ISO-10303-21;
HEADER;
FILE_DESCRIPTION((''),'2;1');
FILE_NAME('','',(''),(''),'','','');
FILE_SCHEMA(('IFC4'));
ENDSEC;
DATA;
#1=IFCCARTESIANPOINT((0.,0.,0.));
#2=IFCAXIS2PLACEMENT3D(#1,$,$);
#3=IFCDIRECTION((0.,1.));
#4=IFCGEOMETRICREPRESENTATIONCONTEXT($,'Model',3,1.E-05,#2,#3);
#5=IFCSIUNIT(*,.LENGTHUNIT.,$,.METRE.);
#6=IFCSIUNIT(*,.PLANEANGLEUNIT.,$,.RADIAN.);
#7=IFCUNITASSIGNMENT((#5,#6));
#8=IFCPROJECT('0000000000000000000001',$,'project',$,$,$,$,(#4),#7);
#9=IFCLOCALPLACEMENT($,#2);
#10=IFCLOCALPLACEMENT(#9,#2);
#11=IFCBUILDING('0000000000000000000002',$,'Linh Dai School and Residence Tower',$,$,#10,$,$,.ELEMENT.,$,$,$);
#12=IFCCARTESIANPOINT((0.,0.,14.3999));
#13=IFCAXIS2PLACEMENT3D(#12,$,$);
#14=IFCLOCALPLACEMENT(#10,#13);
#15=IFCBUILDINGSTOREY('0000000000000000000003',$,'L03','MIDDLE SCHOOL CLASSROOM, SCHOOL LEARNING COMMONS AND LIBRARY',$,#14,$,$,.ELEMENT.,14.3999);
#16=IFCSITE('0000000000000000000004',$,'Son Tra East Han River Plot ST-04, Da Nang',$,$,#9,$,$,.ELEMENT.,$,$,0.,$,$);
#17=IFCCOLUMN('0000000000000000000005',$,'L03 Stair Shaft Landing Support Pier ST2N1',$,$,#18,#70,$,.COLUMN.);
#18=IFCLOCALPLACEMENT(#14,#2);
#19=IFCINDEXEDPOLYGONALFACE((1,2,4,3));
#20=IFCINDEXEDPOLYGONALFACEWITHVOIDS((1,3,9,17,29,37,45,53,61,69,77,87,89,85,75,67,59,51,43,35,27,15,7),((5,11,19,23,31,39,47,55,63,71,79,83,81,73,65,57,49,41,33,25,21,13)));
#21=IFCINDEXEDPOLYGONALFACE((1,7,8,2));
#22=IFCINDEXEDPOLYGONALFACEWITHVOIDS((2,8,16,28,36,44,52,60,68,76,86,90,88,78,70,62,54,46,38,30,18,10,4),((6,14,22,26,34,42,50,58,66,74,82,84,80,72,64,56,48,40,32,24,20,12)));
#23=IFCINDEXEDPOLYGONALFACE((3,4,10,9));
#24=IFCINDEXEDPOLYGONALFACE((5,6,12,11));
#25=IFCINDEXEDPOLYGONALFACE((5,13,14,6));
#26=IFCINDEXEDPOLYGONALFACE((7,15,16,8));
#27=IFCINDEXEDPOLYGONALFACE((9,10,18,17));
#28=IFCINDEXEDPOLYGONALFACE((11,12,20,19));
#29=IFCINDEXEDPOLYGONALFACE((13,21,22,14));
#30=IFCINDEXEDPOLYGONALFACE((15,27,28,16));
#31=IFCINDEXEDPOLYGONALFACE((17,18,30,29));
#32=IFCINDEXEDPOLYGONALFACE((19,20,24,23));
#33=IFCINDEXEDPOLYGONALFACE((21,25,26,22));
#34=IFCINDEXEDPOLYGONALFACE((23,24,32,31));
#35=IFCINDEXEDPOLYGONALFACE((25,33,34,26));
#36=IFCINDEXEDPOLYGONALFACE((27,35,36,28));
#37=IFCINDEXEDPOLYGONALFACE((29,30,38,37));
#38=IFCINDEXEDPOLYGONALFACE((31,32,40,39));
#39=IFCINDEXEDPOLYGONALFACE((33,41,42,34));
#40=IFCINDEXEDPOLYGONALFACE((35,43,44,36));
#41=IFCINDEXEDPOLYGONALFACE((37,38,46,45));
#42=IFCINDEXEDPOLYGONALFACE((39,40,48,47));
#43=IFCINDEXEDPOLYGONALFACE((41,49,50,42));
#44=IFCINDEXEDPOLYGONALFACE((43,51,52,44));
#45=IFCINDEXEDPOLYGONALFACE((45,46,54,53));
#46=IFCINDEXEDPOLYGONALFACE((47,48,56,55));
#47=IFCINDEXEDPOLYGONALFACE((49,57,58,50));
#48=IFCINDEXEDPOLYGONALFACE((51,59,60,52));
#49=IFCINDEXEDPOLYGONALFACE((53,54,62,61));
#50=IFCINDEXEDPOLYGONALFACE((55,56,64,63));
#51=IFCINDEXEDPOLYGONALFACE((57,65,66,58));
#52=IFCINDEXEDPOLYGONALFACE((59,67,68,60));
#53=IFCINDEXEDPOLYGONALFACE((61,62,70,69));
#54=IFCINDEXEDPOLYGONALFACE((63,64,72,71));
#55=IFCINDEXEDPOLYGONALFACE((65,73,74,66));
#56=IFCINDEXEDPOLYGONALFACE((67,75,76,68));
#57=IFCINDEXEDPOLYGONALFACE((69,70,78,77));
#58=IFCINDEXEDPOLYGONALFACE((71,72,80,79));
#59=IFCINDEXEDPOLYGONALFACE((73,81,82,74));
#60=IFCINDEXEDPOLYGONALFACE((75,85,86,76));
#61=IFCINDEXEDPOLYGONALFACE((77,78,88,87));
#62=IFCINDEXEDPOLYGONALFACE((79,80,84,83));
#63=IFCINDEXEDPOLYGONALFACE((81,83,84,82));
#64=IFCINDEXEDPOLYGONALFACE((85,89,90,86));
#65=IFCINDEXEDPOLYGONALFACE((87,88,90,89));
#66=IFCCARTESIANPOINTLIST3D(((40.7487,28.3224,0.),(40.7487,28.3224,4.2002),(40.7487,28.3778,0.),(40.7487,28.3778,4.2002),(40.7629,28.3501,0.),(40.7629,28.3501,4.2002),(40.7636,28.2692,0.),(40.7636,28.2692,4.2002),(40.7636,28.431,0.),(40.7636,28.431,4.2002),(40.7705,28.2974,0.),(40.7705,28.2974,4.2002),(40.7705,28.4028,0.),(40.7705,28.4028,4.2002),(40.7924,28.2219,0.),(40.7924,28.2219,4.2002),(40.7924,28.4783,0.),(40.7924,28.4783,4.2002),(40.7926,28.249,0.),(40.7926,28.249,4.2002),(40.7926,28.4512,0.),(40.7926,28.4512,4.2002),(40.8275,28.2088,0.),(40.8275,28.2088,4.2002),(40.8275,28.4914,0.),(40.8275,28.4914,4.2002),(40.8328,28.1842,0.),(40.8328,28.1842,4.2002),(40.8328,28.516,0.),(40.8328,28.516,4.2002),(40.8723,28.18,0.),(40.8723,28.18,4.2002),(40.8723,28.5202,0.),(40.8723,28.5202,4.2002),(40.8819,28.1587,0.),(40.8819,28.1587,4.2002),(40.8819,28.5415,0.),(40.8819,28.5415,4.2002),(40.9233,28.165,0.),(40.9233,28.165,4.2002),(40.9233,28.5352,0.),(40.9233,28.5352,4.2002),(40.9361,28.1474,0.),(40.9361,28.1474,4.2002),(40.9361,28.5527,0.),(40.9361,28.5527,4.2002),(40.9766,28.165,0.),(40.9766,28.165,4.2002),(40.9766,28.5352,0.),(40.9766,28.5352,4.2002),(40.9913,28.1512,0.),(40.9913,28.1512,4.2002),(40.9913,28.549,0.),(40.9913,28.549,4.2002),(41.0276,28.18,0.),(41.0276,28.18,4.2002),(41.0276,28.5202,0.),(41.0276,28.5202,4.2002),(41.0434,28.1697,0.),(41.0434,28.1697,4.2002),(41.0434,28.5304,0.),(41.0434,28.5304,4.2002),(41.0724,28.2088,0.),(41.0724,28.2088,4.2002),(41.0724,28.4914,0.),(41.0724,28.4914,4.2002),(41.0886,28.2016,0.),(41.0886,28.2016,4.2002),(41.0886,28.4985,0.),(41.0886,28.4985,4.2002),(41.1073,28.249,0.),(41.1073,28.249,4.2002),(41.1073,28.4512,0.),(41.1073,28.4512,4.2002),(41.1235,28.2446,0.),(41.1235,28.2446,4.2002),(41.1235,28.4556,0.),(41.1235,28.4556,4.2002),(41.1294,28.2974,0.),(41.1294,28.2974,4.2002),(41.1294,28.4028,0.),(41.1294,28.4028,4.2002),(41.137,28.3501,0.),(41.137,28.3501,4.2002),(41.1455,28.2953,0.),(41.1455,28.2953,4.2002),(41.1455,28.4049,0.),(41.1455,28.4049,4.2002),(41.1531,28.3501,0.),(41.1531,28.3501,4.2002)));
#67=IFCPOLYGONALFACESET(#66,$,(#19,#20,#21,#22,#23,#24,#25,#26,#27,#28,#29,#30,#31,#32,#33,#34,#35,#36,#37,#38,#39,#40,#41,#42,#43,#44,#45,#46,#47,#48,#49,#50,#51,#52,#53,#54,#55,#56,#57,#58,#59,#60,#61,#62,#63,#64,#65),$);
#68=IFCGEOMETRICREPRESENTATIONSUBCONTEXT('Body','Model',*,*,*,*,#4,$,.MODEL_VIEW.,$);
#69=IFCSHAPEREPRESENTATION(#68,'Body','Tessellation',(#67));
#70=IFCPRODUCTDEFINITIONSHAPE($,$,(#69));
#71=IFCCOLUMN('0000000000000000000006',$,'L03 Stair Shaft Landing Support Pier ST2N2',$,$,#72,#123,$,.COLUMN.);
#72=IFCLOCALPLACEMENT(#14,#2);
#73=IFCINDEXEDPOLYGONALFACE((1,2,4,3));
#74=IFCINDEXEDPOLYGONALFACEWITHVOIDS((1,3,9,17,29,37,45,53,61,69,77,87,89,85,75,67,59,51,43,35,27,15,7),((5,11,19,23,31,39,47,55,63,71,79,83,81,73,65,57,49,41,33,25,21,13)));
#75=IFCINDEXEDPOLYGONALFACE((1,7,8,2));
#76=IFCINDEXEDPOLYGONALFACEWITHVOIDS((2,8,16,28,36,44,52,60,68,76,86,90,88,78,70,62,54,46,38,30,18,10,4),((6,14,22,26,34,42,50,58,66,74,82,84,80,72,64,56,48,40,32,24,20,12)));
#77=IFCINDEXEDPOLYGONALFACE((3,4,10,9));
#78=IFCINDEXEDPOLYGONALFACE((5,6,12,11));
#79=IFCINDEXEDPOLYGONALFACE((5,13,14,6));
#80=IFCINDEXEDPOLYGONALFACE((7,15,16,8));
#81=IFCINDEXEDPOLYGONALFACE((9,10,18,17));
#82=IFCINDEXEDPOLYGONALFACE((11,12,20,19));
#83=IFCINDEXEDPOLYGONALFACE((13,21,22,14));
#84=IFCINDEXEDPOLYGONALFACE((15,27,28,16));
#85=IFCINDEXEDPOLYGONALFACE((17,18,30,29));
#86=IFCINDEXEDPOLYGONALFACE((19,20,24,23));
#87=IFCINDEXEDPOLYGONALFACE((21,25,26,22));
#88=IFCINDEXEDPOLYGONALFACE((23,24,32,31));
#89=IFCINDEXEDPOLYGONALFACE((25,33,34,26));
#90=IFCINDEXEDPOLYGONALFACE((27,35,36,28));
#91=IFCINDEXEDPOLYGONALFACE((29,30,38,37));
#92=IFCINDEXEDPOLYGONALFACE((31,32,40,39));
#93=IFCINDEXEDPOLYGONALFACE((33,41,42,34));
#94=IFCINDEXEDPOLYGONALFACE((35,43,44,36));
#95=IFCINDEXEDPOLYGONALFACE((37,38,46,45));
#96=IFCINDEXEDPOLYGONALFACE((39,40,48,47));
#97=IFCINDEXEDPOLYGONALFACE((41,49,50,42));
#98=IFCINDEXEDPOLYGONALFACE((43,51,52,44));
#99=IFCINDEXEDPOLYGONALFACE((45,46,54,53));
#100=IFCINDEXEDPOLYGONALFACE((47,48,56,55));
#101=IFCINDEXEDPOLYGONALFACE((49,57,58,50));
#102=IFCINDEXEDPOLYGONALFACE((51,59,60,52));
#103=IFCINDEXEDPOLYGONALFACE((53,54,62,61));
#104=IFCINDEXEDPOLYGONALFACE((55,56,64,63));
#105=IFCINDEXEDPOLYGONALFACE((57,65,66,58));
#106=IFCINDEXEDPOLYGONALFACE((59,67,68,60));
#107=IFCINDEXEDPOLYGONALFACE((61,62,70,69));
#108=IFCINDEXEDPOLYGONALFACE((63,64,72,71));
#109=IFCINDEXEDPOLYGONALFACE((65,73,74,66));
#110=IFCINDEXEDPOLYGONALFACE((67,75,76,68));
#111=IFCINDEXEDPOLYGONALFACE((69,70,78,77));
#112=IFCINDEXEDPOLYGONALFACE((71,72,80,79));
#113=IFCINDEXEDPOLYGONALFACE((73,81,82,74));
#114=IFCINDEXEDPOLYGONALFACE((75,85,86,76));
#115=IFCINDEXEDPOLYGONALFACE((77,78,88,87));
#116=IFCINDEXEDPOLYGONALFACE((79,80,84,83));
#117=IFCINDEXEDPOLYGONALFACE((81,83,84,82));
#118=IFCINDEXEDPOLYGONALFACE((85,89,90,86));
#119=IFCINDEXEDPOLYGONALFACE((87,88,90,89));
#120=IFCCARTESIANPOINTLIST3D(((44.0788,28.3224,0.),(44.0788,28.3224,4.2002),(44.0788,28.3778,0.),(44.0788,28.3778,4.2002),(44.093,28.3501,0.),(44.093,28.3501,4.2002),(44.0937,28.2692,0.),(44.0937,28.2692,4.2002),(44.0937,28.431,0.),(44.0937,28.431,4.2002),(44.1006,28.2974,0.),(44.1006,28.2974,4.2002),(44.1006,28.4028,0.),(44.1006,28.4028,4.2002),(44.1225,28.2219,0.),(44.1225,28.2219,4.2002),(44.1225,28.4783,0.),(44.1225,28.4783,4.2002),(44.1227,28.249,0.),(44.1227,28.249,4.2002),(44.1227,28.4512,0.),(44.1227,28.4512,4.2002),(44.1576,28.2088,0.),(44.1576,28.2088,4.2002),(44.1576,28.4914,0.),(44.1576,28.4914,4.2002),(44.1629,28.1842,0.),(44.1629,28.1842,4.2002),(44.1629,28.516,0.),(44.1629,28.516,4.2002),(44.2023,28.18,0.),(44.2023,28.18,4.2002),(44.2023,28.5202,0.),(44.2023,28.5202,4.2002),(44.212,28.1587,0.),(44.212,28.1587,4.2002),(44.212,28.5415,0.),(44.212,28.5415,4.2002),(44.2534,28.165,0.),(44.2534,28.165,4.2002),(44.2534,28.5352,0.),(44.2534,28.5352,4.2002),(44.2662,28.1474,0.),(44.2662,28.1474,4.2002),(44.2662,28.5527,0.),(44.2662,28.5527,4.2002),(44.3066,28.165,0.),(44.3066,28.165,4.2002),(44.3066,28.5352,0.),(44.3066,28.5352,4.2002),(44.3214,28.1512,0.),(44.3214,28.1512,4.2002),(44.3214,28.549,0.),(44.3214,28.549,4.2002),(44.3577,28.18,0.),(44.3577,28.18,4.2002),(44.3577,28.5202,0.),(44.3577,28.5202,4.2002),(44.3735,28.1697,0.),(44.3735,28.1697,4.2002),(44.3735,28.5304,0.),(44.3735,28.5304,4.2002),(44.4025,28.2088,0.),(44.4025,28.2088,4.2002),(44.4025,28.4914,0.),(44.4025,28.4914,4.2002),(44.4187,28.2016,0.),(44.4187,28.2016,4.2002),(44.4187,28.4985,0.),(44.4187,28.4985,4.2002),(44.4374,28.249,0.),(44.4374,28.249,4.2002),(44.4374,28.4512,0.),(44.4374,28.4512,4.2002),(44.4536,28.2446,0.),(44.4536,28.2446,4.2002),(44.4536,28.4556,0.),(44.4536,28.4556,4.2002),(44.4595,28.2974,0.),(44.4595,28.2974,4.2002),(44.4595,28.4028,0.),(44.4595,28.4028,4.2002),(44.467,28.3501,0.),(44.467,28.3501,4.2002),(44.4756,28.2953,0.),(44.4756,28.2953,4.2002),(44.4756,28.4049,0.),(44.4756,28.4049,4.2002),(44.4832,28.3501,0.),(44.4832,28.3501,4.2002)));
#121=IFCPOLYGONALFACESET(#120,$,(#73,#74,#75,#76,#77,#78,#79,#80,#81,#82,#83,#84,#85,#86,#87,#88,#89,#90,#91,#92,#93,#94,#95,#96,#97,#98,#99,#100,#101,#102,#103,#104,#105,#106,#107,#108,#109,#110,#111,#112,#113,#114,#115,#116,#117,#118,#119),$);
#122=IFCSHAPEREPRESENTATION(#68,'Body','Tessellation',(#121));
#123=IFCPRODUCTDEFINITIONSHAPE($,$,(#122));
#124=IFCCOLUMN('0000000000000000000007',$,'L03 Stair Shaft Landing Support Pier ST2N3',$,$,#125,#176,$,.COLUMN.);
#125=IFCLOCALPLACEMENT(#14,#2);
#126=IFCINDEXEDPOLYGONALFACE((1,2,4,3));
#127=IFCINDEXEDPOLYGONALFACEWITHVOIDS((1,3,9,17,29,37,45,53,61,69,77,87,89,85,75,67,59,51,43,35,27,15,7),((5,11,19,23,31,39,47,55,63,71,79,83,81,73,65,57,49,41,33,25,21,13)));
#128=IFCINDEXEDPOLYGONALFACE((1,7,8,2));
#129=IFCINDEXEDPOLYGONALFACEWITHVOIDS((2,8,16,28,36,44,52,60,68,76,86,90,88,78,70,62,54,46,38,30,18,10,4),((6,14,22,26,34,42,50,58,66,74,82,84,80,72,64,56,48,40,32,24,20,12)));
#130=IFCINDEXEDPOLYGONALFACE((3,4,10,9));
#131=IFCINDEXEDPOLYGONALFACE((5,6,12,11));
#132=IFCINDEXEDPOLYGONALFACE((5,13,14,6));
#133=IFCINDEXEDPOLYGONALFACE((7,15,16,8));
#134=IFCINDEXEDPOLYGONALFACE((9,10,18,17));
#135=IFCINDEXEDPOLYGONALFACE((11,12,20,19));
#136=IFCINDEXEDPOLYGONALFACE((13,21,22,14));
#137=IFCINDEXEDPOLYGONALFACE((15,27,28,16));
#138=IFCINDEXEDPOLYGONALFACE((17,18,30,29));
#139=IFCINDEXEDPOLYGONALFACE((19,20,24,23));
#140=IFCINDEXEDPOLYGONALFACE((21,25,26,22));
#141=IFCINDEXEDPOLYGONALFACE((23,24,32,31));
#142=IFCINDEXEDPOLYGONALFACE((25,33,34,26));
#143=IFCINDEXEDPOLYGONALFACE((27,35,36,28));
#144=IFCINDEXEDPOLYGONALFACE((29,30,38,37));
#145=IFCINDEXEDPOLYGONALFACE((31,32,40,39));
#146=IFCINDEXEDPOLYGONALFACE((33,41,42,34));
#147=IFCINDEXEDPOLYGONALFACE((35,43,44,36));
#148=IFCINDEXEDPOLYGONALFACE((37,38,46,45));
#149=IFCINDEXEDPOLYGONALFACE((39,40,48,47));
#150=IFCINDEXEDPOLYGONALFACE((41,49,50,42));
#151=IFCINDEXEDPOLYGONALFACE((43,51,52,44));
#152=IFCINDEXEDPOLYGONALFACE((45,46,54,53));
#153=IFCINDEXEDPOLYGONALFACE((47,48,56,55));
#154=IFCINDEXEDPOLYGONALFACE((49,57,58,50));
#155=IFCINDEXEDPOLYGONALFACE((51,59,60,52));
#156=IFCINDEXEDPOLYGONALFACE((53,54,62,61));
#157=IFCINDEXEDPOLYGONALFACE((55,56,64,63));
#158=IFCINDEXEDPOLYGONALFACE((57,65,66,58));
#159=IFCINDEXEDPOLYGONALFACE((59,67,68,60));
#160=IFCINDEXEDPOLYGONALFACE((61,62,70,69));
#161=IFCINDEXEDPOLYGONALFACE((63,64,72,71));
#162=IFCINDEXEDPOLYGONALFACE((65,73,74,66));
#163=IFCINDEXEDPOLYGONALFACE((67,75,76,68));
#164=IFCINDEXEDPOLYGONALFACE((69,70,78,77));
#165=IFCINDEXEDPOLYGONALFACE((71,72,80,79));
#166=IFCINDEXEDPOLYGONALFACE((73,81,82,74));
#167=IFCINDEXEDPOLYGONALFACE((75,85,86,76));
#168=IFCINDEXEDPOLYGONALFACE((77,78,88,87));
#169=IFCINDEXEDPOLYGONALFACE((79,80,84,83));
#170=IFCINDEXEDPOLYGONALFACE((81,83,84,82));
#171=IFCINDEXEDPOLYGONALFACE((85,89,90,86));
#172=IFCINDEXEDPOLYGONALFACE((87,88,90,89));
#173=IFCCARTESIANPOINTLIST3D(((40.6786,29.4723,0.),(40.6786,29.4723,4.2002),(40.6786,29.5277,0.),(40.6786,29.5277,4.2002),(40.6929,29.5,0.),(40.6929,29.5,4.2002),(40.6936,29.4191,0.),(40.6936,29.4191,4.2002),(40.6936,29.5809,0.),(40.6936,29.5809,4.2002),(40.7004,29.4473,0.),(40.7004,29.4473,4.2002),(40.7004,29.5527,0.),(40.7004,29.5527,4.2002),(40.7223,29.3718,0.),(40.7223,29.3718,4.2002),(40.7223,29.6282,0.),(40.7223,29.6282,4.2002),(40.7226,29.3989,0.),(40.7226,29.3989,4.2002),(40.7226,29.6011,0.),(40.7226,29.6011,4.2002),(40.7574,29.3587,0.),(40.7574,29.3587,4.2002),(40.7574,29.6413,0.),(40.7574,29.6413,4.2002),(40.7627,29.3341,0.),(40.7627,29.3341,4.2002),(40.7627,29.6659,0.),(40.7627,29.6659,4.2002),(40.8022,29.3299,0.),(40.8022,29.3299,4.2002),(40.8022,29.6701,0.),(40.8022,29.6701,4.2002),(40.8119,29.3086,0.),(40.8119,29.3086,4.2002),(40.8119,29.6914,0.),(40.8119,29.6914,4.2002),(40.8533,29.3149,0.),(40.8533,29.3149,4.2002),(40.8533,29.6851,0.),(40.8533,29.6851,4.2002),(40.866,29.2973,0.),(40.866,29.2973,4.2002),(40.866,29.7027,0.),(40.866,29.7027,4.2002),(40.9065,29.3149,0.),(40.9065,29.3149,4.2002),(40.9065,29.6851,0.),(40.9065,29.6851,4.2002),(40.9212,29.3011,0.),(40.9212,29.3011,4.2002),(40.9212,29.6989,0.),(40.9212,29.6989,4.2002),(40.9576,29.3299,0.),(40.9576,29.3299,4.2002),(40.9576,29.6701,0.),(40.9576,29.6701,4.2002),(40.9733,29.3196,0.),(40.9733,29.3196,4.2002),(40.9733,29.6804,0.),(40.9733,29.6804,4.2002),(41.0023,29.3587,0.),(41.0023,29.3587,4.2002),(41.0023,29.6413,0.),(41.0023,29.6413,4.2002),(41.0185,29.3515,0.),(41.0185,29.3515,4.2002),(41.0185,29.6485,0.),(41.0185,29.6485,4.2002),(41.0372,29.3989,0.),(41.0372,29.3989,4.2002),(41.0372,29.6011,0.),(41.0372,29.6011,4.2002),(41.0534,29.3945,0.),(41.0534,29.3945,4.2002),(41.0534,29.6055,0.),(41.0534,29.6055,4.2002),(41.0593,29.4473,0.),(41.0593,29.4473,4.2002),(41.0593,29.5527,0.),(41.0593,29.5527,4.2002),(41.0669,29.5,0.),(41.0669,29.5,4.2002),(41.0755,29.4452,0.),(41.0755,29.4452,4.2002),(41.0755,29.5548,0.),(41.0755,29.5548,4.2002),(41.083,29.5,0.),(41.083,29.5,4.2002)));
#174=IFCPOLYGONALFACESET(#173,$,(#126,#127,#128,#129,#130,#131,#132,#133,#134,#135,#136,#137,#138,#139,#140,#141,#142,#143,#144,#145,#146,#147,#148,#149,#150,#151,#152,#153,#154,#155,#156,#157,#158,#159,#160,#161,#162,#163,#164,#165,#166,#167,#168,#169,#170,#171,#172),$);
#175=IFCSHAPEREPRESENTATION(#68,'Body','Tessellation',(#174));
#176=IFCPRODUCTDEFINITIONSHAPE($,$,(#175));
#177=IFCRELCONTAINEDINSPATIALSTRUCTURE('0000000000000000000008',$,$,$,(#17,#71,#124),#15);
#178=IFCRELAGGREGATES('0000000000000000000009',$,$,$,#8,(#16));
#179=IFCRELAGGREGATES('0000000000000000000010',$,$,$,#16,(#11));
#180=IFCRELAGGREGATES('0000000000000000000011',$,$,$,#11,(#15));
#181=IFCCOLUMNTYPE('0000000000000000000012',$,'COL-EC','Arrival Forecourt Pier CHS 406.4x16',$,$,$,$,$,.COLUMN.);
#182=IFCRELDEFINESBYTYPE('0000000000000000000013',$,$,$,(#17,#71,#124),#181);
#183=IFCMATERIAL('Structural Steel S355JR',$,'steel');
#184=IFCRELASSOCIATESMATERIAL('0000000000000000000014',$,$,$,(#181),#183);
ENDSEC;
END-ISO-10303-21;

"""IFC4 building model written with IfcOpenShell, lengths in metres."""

from ifc_helpers import new_model, si_unit, direction, frame, origin, origin_2d, place, context, subcontext, project, spatial, hollow_circle, extrude, material, material_profile, profile_set, type_object, element, save


model = new_model("IFC4")

# Units and contexts
model_context = context("Model", 3, precision=1e-05, world=origin(), true_north=direction((0.0, 1.0)))
body_context = subcontext(model_context, "Body", "Model", "MODEL_VIEW")
ifc_project = project(units=[si_unit("LENGTHUNIT", "METRE"), si_unit("PLANEANGLEUNIT", "RADIAN")], contexts=[model_context])

# Site, building, storey
site_placement = place(None, origin())
site = spatial("IfcSite", under=ifc_project, at=site_placement, Name="Son Tra East Han River Plot ST-04, Da Nang", CompositionType="ELEMENT", RefElevation=0.0)
building_placement = place(site_placement, origin())
building = spatial("IfcBuilding", under=site, at=building_placement, Name="Linh Dai School and Residence Tower", CompositionType="ELEMENT")
storey_placement = place(building_placement, frame((0.0, 0.0, 14.3999)))
storey = spatial("IfcBuildingStorey", under=building, at=storey_placement, Name="L03", Description="MIDDLE SCHOOL CLASSROOM, SCHOOL LEARNING COMMONS AND LIBRARY", CompositionType="ELEMENT", Elevation=14.3999)

# Columns
ifc_material_1 = material(Name="Structural Steel S355JR", Category="steel")
ifc_material_profile_1 = material_profile(ifc_material_1, hollow_circle(Radius=0.2031, WallThickness=0.0161, at=origin_2d()), Name="CHS 406.4x16")
ifc_profile_set_1 = profile_set([ifc_material_profile_1], Name="Structural Steel S355JR")
column_type_1 = type_object("IfcColumnType", Name="COL-EC", Description="Arrival Forecourt Pier CHS 406.4x16", PredefinedType="COLUMN", material=ifc_profile_set_1)
for number, where, z_axis, x_axis, name in (
    (1, (40.95, 28.3501, 0.0), (0.0, 0.0, 1.0), (1.0, 0.0, 0.0), "L03 Stair Shaft Landing Support Pier ST2N1"),
    (2, (44.28, 28.3501, 0.0), (0.0, 0.0, 1.0), (1.0, 0.0, 0.0), "L03 Stair Shaft Landing Support Pier ST2N2"),
    (3, (40.8799, 29.5, 0.0), (0.0, 0.0, 1.0), (1.0, 0.0, 0.0), "L03 Stair Shaft Landing Support Pier ST2N3"),
):
    element("IfcColumn", number, at=place(storey_placement, frame(where, z_axis=z_axis, x_axis=x_axis)), inside=storey, type_object=column_type_1, Name=name, PredefinedType="COLUMN", context=body_context, shape_type="SweptSolid", body=[
        extrude(hollow_circle(Radius=0.2031, WallThickness=0.0161, at=origin_2d()), origin(), (0.0, 0.0, 1.0), 4.2002),
    ])

save(model, "model.ifc")
